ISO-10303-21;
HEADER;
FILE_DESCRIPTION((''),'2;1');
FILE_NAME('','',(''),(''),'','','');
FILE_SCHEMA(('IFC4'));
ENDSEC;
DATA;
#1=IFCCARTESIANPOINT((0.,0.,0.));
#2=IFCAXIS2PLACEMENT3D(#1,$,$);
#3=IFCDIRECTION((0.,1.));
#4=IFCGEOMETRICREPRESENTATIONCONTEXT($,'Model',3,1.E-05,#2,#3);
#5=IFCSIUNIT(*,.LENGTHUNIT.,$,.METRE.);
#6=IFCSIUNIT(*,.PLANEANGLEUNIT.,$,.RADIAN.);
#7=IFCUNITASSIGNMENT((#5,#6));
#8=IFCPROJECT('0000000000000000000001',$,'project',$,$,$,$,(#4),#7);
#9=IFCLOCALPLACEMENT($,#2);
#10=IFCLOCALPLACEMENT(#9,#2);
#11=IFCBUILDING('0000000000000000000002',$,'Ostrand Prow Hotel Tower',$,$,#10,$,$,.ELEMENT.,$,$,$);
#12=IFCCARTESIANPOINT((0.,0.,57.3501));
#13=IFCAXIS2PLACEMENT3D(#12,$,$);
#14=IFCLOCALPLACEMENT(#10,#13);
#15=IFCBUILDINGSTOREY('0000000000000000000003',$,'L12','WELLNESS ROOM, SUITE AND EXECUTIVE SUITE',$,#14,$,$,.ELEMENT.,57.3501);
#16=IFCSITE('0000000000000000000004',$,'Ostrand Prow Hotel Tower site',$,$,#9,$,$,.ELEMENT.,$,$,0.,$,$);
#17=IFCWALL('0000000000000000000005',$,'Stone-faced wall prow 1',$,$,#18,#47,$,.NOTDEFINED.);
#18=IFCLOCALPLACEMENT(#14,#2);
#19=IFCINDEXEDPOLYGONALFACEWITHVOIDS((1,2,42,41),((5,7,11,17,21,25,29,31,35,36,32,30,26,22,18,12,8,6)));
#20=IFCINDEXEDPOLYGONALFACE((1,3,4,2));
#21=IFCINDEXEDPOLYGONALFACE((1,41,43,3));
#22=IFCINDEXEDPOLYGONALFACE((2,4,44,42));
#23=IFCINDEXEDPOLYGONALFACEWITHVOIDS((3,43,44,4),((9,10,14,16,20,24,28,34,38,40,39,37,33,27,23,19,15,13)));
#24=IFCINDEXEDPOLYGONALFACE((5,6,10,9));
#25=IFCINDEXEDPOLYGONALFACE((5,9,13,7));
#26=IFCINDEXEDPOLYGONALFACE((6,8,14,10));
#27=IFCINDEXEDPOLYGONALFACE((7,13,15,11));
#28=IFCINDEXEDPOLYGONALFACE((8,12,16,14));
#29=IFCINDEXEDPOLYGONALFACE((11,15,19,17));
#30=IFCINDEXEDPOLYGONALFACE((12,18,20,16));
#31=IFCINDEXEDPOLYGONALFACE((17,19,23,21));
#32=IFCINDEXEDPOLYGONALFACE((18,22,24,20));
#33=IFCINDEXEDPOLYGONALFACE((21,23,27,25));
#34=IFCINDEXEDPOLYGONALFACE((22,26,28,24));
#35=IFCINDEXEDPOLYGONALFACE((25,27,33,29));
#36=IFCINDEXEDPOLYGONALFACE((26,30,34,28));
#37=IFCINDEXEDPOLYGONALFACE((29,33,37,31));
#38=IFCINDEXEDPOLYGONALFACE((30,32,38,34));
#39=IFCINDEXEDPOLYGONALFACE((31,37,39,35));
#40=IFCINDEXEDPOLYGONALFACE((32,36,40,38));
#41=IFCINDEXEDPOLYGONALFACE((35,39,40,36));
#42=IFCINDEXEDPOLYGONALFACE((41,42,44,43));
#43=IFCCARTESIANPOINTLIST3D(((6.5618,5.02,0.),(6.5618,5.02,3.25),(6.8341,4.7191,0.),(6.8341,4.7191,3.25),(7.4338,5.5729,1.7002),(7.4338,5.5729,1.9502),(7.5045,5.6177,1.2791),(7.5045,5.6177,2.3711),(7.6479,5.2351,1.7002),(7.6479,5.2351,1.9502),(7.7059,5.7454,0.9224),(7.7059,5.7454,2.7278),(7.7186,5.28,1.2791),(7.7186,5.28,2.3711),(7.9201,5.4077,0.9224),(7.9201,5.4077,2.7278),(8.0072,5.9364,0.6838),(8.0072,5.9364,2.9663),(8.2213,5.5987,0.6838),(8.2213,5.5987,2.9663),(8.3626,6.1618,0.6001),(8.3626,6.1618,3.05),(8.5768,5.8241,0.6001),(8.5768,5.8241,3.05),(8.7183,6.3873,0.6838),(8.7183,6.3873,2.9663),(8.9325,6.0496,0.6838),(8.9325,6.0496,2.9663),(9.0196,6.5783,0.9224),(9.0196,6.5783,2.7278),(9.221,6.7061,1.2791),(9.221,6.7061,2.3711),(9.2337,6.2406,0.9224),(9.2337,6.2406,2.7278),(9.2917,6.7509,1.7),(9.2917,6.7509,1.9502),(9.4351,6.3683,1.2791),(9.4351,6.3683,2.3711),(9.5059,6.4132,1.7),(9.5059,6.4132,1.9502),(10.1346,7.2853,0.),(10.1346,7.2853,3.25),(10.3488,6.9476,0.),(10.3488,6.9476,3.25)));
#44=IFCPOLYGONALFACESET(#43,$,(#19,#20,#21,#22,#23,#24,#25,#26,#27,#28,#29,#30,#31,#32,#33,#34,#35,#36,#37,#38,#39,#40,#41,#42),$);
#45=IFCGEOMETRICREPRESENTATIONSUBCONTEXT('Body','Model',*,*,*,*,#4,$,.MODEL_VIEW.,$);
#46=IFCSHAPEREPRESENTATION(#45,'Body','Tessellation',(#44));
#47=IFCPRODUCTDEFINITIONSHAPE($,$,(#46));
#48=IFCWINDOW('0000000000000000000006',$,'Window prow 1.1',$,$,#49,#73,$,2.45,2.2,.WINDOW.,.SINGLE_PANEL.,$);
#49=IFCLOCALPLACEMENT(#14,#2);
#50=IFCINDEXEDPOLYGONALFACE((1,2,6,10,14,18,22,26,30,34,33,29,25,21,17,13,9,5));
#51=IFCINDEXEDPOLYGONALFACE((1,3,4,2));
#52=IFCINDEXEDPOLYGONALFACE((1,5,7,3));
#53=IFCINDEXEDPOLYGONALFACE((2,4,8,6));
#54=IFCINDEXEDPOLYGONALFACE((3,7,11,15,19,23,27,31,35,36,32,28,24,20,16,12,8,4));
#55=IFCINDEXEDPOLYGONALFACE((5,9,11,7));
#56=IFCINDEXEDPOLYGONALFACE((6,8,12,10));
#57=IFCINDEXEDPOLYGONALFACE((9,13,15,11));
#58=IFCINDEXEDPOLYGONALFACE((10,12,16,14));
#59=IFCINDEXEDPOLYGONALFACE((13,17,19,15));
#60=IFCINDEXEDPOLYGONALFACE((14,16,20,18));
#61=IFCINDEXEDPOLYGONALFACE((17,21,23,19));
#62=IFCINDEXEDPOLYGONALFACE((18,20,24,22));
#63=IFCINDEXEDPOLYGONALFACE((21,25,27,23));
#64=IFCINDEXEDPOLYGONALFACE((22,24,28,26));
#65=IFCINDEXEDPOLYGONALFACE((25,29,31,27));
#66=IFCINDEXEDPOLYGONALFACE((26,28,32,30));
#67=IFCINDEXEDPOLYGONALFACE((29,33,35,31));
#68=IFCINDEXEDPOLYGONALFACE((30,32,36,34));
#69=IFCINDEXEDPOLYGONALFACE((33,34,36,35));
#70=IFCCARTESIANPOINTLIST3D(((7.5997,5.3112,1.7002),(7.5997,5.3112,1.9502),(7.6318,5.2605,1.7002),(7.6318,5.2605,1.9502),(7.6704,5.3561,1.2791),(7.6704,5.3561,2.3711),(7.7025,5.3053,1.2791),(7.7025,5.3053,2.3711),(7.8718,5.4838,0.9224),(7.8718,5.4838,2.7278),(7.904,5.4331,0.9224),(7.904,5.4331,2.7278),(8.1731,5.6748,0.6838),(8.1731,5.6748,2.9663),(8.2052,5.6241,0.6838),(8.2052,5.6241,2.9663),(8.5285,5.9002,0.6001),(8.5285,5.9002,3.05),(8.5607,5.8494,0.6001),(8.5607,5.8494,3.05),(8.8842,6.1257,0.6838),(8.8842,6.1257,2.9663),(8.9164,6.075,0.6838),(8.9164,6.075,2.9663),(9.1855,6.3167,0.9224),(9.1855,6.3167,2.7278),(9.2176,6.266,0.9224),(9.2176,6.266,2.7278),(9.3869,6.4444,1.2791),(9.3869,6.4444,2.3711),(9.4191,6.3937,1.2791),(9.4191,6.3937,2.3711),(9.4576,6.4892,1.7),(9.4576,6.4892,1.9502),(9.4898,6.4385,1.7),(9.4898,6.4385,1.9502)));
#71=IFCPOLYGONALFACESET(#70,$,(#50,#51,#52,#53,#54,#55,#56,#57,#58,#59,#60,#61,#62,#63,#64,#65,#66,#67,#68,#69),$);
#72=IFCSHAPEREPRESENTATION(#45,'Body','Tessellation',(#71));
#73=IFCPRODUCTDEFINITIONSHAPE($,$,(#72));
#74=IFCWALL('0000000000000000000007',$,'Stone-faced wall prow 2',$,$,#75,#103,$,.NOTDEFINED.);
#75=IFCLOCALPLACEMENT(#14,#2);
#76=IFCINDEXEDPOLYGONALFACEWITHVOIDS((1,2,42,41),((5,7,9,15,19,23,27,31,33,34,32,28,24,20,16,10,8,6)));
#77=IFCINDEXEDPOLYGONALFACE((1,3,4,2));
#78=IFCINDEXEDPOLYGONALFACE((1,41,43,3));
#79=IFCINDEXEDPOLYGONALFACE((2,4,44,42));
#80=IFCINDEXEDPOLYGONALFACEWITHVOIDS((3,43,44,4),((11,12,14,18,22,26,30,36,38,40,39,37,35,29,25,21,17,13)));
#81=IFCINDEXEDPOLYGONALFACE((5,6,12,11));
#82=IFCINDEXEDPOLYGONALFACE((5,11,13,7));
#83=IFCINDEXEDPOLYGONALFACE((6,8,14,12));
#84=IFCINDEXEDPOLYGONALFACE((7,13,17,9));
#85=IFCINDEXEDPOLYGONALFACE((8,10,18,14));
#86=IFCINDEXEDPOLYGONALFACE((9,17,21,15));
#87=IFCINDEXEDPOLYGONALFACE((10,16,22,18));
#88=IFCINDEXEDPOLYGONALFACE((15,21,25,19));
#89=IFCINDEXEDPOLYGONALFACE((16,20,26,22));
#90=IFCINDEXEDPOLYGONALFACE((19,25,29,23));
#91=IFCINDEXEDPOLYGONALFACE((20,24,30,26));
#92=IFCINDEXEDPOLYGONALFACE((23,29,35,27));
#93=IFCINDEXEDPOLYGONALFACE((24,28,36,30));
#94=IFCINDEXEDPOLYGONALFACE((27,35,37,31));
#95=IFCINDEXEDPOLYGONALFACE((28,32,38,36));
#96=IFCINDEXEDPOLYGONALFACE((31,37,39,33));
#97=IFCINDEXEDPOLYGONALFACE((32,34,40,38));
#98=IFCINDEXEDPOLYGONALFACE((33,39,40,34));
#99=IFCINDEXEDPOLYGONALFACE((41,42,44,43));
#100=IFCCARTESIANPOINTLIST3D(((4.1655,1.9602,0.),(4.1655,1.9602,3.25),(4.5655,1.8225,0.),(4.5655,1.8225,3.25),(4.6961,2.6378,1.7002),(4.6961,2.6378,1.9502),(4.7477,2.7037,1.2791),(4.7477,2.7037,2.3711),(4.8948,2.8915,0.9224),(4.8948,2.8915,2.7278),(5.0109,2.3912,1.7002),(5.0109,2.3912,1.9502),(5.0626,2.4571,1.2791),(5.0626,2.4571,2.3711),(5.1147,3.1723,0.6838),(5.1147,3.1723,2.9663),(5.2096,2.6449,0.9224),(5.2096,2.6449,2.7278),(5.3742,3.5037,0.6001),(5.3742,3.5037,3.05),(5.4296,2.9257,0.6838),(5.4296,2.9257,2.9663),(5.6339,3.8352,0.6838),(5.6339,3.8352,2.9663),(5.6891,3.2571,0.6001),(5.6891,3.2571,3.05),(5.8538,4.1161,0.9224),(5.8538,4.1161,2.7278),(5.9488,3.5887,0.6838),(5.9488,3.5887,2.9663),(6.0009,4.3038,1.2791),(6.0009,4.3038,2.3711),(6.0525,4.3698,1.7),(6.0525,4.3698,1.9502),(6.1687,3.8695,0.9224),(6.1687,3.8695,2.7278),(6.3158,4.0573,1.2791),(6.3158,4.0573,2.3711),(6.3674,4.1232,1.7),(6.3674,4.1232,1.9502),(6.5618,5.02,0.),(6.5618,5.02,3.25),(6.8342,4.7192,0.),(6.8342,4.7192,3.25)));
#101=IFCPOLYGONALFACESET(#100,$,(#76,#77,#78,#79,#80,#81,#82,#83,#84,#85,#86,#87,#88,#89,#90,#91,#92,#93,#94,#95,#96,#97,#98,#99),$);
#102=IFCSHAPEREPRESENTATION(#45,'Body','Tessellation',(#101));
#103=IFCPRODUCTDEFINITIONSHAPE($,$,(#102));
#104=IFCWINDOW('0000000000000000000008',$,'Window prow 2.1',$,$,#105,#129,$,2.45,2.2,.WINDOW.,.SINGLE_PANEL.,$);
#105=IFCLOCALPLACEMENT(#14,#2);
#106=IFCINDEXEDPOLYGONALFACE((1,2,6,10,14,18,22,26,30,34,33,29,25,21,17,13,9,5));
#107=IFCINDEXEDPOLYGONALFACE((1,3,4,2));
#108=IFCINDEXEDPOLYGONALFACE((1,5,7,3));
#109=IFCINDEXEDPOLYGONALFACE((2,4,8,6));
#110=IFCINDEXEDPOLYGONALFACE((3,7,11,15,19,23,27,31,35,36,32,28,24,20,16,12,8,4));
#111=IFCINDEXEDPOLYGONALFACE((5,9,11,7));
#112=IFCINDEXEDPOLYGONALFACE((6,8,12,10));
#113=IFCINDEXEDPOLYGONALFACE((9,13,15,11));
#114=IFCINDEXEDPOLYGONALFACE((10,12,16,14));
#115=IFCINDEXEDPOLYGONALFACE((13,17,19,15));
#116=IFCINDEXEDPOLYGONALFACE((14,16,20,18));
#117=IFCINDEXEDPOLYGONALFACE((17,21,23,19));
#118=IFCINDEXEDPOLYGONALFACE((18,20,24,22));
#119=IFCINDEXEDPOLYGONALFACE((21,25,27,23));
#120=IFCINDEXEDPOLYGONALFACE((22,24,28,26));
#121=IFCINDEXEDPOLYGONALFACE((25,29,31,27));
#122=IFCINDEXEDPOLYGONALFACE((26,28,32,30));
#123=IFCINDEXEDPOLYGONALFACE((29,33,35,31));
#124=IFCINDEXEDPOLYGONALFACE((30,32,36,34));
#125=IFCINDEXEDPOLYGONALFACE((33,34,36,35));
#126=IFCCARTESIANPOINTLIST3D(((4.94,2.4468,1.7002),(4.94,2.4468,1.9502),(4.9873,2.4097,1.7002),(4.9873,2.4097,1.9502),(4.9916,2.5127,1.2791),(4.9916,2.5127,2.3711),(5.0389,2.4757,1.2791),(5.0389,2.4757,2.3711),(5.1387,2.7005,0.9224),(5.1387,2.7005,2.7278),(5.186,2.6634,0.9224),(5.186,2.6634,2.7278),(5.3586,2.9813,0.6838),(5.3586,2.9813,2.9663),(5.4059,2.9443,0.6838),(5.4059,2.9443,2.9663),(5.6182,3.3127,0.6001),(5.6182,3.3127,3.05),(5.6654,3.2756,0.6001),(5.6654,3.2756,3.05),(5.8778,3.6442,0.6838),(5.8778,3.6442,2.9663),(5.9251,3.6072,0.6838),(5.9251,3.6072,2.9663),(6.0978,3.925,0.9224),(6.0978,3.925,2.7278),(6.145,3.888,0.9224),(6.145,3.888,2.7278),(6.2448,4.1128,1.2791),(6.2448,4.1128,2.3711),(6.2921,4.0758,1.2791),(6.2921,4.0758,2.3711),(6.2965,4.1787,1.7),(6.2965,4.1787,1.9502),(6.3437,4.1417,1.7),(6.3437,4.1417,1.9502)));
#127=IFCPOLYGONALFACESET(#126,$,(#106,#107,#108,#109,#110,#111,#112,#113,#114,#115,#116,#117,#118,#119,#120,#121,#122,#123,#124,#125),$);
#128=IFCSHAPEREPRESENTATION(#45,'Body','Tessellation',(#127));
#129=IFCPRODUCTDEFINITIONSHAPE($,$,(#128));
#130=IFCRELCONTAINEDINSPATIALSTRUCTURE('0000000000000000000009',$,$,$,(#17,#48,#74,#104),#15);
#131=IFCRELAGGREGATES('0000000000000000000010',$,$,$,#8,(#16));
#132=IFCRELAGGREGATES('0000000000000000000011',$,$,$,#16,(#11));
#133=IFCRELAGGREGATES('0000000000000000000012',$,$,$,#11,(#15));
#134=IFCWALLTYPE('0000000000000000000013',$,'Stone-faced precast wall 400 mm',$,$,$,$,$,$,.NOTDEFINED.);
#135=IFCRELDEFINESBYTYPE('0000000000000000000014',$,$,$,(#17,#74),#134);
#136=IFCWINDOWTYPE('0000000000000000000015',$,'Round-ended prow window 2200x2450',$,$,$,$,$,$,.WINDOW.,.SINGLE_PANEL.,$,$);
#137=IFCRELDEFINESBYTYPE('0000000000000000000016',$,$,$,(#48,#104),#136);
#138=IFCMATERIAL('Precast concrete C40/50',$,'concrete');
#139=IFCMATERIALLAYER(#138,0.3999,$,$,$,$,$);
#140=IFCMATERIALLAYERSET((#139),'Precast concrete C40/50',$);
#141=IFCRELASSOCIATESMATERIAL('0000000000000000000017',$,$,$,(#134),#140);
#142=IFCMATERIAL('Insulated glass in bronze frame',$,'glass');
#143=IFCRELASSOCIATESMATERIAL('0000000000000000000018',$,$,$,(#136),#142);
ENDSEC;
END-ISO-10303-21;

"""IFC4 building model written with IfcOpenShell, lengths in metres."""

from ifc_helpers import new_model, si_unit, direction, frame, origin, place, context, subcontext, project, spatial, polyline, outline, extrude, material, layer, layer_set, type_object, element, fill, save


model = new_model("IFC4")

# Units and contexts
model_context = context("Model", 3, precision=1e-05, world=origin(), true_north=direction((0.0, 1.0)))
body_context = subcontext(model_context, "Body", "Model", "MODEL_VIEW")
ifc_project = project(units=[si_unit("LENGTHUNIT", "METRE"), si_unit("PLANEANGLEUNIT", "RADIAN")], contexts=[model_context])

# Site, building, storey
site_placement = place(None, origin())
site = spatial("IfcSite", under=ifc_project, at=site_placement, Name="Ostrand Prow Hotel Tower site", CompositionType="ELEMENT", RefElevation=0.0)
building_placement = place(site_placement, origin())
building = spatial("IfcBuilding", under=site, at=building_placement, Name="Ostrand Prow Hotel Tower", CompositionType="ELEMENT")
storey_placement = place(building_placement, frame((0.0, 0.0, 57.3501)))
storey = spatial("IfcBuildingStorey", under=building, at=storey_placement, Name="L12", Description="WELLNESS ROOM, SUITE AND EXECUTIVE SUITE", CompositionType="ELEMENT", Elevation=57.3501)

# Walls, openings, windows
ifc_material_1 = material(Name="Precast concrete C40/50", Category="concrete")
ifc_layer_1 = layer(ifc_material_1, 0.3999)
ifc_layer_set_1 = layer_set([ifc_layer_1], Name="Precast concrete C40/50")
wall_type_1 = type_object("IfcWallType", Name="Stone-faced precast wall 400 mm", PredefinedType="NOTDEFINED", material=ifc_layer_set_1)
wall_1_placement = place(storey_placement, frame((10.2417, 7.1165, 0.0), z_axis=(0.0, 0.0, 1.0), x_axis=(-0.844552, -0.535474, 0.0)))
wall_1 = element("IfcWall", 1, at=wall_1_placement, inside=storey, type_object=wall_type_1, Name="Stone-faced wall prow 1", PredefinedType="NOTDEFINED", context=body_context, shape_type="SweptSolid", body=[
    extrude(outline(polyline([(0.0, -0.2), (4.2305, -0.2), (4.1616, 0.2), (0.0, 0.2), (0.0, -0.2)])), origin(), (0.0, 0.0, 1.0), 3.25),
])
opening_1_placement = place(wall_1_placement, frame((0.998, 0.0, 0.6001)))
opening_1 = element("IfcOpeningElement", 2, at=opening_1_placement, cuts=wall_1, PredefinedType="OPENING", context=body_context, shape_type="SweptSolid", body=[
    extrude(outline(polyline([(0.0, 1.3501), (0.0837, 1.771), (0.3223, 2.1277), (0.679, 2.3662), (1.1001, 2.45), (1.521, 2.3662), (1.8777, 2.1277), (2.1162, 1.771), (2.2, 1.3501), (2.2, 1.1001), (2.1162, 0.679), (1.8777, 0.3223), (1.521, 0.0837), (1.1001, 0.0), (0.679, 0.0837), (0.3223, 0.3223), (0.0837, 0.679), (0.0, 1.0999), (0.0, 1.3501)])), frame((0.0, 0.21, 0.0), z_axis=(0.0, -1.0, 0.0), x_axis=(1.0, 0.0, 0.0)), (0.0, 0.0, 1.0), 0.4199),
])
ifc_material_2 = material(Name="Insulated glass in bronze frame", Category="glass")
window_type = type_object("IfcWindowType", Name="Round-ended prow window 2200x2450", PartitioningType="SINGLE_PANEL", PredefinedType="WINDOW", material=ifc_material_2)
window_1_placement = place(opening_1_placement, origin())
window_1 = element("IfcWindow", 3, at=window_1_placement, inside=storey, type_object=window_type, Name="Window prow 1.1", OverallHeight=2.45, OverallWidth=2.2, PartitioningType="SINGLE_PANEL", PredefinedType="WINDOW", context=body_context, shape_type="SweptSolid", body=[
    extrude(outline(polyline([(0.0, 1.3501), (0.0837, 1.771), (0.3223, 2.1277), (0.679, 2.3662), (1.1001, 2.45), (1.521, 2.3662), (1.8777, 2.1277), (2.1162, 1.771), (2.2, 1.3501), (2.2, 1.1001), (2.1162, 0.679), (1.8777, 0.3223), (1.521, 0.0837), (1.1001, 0.0), (0.679, 0.0837), (0.3223, 0.3223), (0.0837, 0.679), (0.0, 1.0999), (0.0, 1.3501)])), frame((0.0, 0.1699, 0.0), z_axis=(0.0, -1.0, 0.0), x_axis=(1.0, 0.0, 0.0)), (0.0, 0.0, 1.0), 0.0601),
])
fill(opening_1, window_1)
wall_2_placement = place(storey_placement, frame((6.698, 4.8696, 0.0), z_axis=(0.0, 0.0, 1.0), x_axis=(-0.616587, -0.787287, 0.0)))
wall_2 = element("IfcWall", 4, at=wall_2_placement, inside=storey, type_object=wall_type_1, Name="Stone-faced wall prow 2", PredefinedType="NOTDEFINED", context=body_context, shape_type="SweptSolid", body=[
    extrude(outline(polyline([(-0.0344, -0.2), (3.8521, -0.2), (3.7139, 0.2), (0.0344, 0.2), (-0.0344, -0.2)])), origin(), (0.0, 0.0, 1.0), 3.25),
])
opening_2_placement = place(wall_2_placement, frame((0.7915, 0.0, 0.6001)))
opening_2 = element("IfcOpeningElement", 5, at=opening_2_placement, cuts=wall_2, PredefinedType="OPENING", context=body_context, shape_type="SweptSolid", body=[
    extrude(outline(polyline([(0.0, 1.3501), (0.0837, 1.771), (0.3223, 2.1277), (0.679, 2.3662), (1.1001, 2.45), (1.521, 2.3662), (1.8777, 2.1277), (2.1162, 1.771), (2.2, 1.3501), (2.2, 1.1001), (2.1162, 0.679), (1.8777, 0.3223), (1.521, 0.0837), (1.1001, 0.0), (0.679, 0.0837), (0.3223, 0.3223), (0.0837, 0.679), (0.0, 1.0999), (0.0, 1.3501)])), frame((0.0, 0.21, 0.0), z_axis=(0.0, -1.0, 0.0), x_axis=(1.0, 0.0, 0.0)), (0.0, 0.0, 1.0), 0.4199),
])
window_2_placement = place(opening_2_placement, origin())
window_2 = element("IfcWindow", 6, at=window_2_placement, inside=storey, type_object=window_type, Name="Window prow 2.1", OverallHeight=2.45, OverallWidth=2.2, PartitioningType="SINGLE_PANEL", PredefinedType="WINDOW", context=body_context, shape_type="SweptSolid", body=[
    extrude(outline(polyline([(0.0, 1.3501), (0.0837, 1.771), (0.3223, 2.1277), (0.679, 2.3662), (1.1001, 2.45), (1.521, 2.3662), (1.8777, 2.1277), (2.1162, 1.771), (2.2, 1.3501), (2.2, 1.1001), (2.1162, 0.679), (1.8777, 0.3223), (1.521, 0.0837), (1.1001, 0.0), (0.679, 0.0837), (0.3223, 0.3223), (0.0837, 0.679), (0.0, 1.0999), (0.0, 1.3501)])), frame((0.0, 0.1699, 0.0), z_axis=(0.0, -1.0, 0.0), x_axis=(1.0, 0.0, 0.0)), (0.0, 0.0, 1.0), 0.0601),
])
fill(opening_2, window_2)

save(model, "model.ifc")
